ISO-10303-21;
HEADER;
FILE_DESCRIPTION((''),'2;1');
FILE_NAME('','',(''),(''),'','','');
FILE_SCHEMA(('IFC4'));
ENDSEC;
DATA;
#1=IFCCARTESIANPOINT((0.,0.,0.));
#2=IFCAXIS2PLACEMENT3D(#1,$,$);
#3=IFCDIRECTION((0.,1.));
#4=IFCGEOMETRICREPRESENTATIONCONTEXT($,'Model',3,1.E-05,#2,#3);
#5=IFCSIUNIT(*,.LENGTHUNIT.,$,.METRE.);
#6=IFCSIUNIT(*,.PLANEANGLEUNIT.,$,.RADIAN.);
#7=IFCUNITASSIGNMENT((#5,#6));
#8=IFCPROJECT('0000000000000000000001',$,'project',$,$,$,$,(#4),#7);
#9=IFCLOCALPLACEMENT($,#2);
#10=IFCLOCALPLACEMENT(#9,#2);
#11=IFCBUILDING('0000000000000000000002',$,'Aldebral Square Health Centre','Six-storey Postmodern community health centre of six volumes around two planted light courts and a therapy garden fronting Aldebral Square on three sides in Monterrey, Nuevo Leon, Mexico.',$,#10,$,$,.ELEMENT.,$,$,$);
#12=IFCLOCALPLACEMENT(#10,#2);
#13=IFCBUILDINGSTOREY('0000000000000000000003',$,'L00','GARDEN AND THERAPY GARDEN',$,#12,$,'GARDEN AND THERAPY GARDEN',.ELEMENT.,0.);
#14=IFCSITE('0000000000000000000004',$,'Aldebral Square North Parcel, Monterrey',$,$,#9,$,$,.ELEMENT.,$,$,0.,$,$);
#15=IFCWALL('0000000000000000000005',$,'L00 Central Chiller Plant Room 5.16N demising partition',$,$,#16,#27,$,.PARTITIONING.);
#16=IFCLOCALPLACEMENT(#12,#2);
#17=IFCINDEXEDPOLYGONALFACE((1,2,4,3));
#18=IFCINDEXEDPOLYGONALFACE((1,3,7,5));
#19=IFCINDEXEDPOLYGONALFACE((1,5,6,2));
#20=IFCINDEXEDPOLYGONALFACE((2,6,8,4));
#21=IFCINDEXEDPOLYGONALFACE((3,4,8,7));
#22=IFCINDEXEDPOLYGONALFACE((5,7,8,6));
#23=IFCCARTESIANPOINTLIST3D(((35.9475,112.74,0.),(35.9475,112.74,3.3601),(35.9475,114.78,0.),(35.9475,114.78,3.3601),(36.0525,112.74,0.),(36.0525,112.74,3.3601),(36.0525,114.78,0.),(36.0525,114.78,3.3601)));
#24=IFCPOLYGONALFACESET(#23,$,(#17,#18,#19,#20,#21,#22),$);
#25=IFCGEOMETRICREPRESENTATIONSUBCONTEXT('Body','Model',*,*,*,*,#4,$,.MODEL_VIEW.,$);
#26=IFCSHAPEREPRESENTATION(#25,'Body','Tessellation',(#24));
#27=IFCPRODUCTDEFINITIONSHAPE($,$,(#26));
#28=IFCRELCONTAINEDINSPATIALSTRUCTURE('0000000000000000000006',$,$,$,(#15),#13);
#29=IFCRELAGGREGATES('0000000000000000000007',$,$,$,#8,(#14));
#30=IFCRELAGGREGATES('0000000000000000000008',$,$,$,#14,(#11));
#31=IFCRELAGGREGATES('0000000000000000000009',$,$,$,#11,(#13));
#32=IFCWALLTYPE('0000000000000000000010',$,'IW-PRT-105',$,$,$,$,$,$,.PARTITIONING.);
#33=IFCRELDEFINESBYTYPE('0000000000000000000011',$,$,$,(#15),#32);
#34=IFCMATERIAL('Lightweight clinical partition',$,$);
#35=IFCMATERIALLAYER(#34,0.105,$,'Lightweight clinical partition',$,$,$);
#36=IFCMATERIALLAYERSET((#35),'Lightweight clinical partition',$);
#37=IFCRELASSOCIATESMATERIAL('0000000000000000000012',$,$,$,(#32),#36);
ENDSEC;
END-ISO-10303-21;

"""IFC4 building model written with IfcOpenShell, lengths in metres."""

from ifc_helpers import new_model, si_unit, direction, frame, frame_2d, origin, place, context, subcontext, project, spatial, rectangle, extrude, material, layer, layer_set, type_object, element, save


model = new_model("IFC4")

# Units and contexts
model_context = context("Model", 3, precision=1e-05, world=origin(), true_north=direction((0.0, 1.0)))
body_context = subcontext(model_context, "Body", "Model", "MODEL_VIEW")
ifc_project = project(units=[si_unit("LENGTHUNIT", "METRE"), si_unit("PLANEANGLEUNIT", "RADIAN")], contexts=[model_context])

# Site, building, storey
site_placement = place(None, origin())
site = spatial("IfcSite", under=ifc_project, at=site_placement, Name="Aldebral Square North Parcel, Monterrey", CompositionType="ELEMENT", RefElevation=0.0)
building_placement = place(site_placement, origin())
building = spatial("IfcBuilding", under=site, at=building_placement, Name="Aldebral Square Health Centre", Description="Six-storey Postmodern community health centre of six volumes around two planted light courts and a therapy garden fronting Aldebral Square on three sides in Monterrey, Nuevo Leon, Mexico.", CompositionType="ELEMENT")
storey_placement = place(building_placement, origin())
storey = spatial("IfcBuildingStorey", under=building, at=storey_placement, Name="L00", Description="GARDEN AND THERAPY GARDEN", LongName="GARDEN AND THERAPY GARDEN", CompositionType="ELEMENT", Elevation=0.0)

# Wall
ifc_material_1 = material(Name="Lightweight clinical partition")
ifc_layer_1 = layer(ifc_material_1, 0.105, Name="Lightweight clinical partition")
ifc_layer_set_1 = layer_set([ifc_layer_1], Name="Lightweight clinical partition")
wall_type_1 = type_object("IfcWallType", Name="IW-PRT-105", PredefinedType="PARTITIONING", material=ifc_layer_set_1)
wall_1_placement = place(storey_placement, frame((36.0, 112.74, 0.0), z_axis=(0.0, 0.0, 1.0), x_axis=(0.0, 1.0, 0.0)))
element("IfcWall", 1, at=wall_1_placement, inside=storey, type_object=wall_type_1, Name="L00 Central Chiller Plant Room 5.16N demising partition", PredefinedType="PARTITIONING", context=body_context, shape_type="SweptSolid", body=[
    extrude(rectangle(XDim=2.04, YDim=0.105, at=frame_2d((1.02, 0.0))), origin(), (0.0, 0.0, 1.0), 3.3601),
])

save(model, "model.ifc")
